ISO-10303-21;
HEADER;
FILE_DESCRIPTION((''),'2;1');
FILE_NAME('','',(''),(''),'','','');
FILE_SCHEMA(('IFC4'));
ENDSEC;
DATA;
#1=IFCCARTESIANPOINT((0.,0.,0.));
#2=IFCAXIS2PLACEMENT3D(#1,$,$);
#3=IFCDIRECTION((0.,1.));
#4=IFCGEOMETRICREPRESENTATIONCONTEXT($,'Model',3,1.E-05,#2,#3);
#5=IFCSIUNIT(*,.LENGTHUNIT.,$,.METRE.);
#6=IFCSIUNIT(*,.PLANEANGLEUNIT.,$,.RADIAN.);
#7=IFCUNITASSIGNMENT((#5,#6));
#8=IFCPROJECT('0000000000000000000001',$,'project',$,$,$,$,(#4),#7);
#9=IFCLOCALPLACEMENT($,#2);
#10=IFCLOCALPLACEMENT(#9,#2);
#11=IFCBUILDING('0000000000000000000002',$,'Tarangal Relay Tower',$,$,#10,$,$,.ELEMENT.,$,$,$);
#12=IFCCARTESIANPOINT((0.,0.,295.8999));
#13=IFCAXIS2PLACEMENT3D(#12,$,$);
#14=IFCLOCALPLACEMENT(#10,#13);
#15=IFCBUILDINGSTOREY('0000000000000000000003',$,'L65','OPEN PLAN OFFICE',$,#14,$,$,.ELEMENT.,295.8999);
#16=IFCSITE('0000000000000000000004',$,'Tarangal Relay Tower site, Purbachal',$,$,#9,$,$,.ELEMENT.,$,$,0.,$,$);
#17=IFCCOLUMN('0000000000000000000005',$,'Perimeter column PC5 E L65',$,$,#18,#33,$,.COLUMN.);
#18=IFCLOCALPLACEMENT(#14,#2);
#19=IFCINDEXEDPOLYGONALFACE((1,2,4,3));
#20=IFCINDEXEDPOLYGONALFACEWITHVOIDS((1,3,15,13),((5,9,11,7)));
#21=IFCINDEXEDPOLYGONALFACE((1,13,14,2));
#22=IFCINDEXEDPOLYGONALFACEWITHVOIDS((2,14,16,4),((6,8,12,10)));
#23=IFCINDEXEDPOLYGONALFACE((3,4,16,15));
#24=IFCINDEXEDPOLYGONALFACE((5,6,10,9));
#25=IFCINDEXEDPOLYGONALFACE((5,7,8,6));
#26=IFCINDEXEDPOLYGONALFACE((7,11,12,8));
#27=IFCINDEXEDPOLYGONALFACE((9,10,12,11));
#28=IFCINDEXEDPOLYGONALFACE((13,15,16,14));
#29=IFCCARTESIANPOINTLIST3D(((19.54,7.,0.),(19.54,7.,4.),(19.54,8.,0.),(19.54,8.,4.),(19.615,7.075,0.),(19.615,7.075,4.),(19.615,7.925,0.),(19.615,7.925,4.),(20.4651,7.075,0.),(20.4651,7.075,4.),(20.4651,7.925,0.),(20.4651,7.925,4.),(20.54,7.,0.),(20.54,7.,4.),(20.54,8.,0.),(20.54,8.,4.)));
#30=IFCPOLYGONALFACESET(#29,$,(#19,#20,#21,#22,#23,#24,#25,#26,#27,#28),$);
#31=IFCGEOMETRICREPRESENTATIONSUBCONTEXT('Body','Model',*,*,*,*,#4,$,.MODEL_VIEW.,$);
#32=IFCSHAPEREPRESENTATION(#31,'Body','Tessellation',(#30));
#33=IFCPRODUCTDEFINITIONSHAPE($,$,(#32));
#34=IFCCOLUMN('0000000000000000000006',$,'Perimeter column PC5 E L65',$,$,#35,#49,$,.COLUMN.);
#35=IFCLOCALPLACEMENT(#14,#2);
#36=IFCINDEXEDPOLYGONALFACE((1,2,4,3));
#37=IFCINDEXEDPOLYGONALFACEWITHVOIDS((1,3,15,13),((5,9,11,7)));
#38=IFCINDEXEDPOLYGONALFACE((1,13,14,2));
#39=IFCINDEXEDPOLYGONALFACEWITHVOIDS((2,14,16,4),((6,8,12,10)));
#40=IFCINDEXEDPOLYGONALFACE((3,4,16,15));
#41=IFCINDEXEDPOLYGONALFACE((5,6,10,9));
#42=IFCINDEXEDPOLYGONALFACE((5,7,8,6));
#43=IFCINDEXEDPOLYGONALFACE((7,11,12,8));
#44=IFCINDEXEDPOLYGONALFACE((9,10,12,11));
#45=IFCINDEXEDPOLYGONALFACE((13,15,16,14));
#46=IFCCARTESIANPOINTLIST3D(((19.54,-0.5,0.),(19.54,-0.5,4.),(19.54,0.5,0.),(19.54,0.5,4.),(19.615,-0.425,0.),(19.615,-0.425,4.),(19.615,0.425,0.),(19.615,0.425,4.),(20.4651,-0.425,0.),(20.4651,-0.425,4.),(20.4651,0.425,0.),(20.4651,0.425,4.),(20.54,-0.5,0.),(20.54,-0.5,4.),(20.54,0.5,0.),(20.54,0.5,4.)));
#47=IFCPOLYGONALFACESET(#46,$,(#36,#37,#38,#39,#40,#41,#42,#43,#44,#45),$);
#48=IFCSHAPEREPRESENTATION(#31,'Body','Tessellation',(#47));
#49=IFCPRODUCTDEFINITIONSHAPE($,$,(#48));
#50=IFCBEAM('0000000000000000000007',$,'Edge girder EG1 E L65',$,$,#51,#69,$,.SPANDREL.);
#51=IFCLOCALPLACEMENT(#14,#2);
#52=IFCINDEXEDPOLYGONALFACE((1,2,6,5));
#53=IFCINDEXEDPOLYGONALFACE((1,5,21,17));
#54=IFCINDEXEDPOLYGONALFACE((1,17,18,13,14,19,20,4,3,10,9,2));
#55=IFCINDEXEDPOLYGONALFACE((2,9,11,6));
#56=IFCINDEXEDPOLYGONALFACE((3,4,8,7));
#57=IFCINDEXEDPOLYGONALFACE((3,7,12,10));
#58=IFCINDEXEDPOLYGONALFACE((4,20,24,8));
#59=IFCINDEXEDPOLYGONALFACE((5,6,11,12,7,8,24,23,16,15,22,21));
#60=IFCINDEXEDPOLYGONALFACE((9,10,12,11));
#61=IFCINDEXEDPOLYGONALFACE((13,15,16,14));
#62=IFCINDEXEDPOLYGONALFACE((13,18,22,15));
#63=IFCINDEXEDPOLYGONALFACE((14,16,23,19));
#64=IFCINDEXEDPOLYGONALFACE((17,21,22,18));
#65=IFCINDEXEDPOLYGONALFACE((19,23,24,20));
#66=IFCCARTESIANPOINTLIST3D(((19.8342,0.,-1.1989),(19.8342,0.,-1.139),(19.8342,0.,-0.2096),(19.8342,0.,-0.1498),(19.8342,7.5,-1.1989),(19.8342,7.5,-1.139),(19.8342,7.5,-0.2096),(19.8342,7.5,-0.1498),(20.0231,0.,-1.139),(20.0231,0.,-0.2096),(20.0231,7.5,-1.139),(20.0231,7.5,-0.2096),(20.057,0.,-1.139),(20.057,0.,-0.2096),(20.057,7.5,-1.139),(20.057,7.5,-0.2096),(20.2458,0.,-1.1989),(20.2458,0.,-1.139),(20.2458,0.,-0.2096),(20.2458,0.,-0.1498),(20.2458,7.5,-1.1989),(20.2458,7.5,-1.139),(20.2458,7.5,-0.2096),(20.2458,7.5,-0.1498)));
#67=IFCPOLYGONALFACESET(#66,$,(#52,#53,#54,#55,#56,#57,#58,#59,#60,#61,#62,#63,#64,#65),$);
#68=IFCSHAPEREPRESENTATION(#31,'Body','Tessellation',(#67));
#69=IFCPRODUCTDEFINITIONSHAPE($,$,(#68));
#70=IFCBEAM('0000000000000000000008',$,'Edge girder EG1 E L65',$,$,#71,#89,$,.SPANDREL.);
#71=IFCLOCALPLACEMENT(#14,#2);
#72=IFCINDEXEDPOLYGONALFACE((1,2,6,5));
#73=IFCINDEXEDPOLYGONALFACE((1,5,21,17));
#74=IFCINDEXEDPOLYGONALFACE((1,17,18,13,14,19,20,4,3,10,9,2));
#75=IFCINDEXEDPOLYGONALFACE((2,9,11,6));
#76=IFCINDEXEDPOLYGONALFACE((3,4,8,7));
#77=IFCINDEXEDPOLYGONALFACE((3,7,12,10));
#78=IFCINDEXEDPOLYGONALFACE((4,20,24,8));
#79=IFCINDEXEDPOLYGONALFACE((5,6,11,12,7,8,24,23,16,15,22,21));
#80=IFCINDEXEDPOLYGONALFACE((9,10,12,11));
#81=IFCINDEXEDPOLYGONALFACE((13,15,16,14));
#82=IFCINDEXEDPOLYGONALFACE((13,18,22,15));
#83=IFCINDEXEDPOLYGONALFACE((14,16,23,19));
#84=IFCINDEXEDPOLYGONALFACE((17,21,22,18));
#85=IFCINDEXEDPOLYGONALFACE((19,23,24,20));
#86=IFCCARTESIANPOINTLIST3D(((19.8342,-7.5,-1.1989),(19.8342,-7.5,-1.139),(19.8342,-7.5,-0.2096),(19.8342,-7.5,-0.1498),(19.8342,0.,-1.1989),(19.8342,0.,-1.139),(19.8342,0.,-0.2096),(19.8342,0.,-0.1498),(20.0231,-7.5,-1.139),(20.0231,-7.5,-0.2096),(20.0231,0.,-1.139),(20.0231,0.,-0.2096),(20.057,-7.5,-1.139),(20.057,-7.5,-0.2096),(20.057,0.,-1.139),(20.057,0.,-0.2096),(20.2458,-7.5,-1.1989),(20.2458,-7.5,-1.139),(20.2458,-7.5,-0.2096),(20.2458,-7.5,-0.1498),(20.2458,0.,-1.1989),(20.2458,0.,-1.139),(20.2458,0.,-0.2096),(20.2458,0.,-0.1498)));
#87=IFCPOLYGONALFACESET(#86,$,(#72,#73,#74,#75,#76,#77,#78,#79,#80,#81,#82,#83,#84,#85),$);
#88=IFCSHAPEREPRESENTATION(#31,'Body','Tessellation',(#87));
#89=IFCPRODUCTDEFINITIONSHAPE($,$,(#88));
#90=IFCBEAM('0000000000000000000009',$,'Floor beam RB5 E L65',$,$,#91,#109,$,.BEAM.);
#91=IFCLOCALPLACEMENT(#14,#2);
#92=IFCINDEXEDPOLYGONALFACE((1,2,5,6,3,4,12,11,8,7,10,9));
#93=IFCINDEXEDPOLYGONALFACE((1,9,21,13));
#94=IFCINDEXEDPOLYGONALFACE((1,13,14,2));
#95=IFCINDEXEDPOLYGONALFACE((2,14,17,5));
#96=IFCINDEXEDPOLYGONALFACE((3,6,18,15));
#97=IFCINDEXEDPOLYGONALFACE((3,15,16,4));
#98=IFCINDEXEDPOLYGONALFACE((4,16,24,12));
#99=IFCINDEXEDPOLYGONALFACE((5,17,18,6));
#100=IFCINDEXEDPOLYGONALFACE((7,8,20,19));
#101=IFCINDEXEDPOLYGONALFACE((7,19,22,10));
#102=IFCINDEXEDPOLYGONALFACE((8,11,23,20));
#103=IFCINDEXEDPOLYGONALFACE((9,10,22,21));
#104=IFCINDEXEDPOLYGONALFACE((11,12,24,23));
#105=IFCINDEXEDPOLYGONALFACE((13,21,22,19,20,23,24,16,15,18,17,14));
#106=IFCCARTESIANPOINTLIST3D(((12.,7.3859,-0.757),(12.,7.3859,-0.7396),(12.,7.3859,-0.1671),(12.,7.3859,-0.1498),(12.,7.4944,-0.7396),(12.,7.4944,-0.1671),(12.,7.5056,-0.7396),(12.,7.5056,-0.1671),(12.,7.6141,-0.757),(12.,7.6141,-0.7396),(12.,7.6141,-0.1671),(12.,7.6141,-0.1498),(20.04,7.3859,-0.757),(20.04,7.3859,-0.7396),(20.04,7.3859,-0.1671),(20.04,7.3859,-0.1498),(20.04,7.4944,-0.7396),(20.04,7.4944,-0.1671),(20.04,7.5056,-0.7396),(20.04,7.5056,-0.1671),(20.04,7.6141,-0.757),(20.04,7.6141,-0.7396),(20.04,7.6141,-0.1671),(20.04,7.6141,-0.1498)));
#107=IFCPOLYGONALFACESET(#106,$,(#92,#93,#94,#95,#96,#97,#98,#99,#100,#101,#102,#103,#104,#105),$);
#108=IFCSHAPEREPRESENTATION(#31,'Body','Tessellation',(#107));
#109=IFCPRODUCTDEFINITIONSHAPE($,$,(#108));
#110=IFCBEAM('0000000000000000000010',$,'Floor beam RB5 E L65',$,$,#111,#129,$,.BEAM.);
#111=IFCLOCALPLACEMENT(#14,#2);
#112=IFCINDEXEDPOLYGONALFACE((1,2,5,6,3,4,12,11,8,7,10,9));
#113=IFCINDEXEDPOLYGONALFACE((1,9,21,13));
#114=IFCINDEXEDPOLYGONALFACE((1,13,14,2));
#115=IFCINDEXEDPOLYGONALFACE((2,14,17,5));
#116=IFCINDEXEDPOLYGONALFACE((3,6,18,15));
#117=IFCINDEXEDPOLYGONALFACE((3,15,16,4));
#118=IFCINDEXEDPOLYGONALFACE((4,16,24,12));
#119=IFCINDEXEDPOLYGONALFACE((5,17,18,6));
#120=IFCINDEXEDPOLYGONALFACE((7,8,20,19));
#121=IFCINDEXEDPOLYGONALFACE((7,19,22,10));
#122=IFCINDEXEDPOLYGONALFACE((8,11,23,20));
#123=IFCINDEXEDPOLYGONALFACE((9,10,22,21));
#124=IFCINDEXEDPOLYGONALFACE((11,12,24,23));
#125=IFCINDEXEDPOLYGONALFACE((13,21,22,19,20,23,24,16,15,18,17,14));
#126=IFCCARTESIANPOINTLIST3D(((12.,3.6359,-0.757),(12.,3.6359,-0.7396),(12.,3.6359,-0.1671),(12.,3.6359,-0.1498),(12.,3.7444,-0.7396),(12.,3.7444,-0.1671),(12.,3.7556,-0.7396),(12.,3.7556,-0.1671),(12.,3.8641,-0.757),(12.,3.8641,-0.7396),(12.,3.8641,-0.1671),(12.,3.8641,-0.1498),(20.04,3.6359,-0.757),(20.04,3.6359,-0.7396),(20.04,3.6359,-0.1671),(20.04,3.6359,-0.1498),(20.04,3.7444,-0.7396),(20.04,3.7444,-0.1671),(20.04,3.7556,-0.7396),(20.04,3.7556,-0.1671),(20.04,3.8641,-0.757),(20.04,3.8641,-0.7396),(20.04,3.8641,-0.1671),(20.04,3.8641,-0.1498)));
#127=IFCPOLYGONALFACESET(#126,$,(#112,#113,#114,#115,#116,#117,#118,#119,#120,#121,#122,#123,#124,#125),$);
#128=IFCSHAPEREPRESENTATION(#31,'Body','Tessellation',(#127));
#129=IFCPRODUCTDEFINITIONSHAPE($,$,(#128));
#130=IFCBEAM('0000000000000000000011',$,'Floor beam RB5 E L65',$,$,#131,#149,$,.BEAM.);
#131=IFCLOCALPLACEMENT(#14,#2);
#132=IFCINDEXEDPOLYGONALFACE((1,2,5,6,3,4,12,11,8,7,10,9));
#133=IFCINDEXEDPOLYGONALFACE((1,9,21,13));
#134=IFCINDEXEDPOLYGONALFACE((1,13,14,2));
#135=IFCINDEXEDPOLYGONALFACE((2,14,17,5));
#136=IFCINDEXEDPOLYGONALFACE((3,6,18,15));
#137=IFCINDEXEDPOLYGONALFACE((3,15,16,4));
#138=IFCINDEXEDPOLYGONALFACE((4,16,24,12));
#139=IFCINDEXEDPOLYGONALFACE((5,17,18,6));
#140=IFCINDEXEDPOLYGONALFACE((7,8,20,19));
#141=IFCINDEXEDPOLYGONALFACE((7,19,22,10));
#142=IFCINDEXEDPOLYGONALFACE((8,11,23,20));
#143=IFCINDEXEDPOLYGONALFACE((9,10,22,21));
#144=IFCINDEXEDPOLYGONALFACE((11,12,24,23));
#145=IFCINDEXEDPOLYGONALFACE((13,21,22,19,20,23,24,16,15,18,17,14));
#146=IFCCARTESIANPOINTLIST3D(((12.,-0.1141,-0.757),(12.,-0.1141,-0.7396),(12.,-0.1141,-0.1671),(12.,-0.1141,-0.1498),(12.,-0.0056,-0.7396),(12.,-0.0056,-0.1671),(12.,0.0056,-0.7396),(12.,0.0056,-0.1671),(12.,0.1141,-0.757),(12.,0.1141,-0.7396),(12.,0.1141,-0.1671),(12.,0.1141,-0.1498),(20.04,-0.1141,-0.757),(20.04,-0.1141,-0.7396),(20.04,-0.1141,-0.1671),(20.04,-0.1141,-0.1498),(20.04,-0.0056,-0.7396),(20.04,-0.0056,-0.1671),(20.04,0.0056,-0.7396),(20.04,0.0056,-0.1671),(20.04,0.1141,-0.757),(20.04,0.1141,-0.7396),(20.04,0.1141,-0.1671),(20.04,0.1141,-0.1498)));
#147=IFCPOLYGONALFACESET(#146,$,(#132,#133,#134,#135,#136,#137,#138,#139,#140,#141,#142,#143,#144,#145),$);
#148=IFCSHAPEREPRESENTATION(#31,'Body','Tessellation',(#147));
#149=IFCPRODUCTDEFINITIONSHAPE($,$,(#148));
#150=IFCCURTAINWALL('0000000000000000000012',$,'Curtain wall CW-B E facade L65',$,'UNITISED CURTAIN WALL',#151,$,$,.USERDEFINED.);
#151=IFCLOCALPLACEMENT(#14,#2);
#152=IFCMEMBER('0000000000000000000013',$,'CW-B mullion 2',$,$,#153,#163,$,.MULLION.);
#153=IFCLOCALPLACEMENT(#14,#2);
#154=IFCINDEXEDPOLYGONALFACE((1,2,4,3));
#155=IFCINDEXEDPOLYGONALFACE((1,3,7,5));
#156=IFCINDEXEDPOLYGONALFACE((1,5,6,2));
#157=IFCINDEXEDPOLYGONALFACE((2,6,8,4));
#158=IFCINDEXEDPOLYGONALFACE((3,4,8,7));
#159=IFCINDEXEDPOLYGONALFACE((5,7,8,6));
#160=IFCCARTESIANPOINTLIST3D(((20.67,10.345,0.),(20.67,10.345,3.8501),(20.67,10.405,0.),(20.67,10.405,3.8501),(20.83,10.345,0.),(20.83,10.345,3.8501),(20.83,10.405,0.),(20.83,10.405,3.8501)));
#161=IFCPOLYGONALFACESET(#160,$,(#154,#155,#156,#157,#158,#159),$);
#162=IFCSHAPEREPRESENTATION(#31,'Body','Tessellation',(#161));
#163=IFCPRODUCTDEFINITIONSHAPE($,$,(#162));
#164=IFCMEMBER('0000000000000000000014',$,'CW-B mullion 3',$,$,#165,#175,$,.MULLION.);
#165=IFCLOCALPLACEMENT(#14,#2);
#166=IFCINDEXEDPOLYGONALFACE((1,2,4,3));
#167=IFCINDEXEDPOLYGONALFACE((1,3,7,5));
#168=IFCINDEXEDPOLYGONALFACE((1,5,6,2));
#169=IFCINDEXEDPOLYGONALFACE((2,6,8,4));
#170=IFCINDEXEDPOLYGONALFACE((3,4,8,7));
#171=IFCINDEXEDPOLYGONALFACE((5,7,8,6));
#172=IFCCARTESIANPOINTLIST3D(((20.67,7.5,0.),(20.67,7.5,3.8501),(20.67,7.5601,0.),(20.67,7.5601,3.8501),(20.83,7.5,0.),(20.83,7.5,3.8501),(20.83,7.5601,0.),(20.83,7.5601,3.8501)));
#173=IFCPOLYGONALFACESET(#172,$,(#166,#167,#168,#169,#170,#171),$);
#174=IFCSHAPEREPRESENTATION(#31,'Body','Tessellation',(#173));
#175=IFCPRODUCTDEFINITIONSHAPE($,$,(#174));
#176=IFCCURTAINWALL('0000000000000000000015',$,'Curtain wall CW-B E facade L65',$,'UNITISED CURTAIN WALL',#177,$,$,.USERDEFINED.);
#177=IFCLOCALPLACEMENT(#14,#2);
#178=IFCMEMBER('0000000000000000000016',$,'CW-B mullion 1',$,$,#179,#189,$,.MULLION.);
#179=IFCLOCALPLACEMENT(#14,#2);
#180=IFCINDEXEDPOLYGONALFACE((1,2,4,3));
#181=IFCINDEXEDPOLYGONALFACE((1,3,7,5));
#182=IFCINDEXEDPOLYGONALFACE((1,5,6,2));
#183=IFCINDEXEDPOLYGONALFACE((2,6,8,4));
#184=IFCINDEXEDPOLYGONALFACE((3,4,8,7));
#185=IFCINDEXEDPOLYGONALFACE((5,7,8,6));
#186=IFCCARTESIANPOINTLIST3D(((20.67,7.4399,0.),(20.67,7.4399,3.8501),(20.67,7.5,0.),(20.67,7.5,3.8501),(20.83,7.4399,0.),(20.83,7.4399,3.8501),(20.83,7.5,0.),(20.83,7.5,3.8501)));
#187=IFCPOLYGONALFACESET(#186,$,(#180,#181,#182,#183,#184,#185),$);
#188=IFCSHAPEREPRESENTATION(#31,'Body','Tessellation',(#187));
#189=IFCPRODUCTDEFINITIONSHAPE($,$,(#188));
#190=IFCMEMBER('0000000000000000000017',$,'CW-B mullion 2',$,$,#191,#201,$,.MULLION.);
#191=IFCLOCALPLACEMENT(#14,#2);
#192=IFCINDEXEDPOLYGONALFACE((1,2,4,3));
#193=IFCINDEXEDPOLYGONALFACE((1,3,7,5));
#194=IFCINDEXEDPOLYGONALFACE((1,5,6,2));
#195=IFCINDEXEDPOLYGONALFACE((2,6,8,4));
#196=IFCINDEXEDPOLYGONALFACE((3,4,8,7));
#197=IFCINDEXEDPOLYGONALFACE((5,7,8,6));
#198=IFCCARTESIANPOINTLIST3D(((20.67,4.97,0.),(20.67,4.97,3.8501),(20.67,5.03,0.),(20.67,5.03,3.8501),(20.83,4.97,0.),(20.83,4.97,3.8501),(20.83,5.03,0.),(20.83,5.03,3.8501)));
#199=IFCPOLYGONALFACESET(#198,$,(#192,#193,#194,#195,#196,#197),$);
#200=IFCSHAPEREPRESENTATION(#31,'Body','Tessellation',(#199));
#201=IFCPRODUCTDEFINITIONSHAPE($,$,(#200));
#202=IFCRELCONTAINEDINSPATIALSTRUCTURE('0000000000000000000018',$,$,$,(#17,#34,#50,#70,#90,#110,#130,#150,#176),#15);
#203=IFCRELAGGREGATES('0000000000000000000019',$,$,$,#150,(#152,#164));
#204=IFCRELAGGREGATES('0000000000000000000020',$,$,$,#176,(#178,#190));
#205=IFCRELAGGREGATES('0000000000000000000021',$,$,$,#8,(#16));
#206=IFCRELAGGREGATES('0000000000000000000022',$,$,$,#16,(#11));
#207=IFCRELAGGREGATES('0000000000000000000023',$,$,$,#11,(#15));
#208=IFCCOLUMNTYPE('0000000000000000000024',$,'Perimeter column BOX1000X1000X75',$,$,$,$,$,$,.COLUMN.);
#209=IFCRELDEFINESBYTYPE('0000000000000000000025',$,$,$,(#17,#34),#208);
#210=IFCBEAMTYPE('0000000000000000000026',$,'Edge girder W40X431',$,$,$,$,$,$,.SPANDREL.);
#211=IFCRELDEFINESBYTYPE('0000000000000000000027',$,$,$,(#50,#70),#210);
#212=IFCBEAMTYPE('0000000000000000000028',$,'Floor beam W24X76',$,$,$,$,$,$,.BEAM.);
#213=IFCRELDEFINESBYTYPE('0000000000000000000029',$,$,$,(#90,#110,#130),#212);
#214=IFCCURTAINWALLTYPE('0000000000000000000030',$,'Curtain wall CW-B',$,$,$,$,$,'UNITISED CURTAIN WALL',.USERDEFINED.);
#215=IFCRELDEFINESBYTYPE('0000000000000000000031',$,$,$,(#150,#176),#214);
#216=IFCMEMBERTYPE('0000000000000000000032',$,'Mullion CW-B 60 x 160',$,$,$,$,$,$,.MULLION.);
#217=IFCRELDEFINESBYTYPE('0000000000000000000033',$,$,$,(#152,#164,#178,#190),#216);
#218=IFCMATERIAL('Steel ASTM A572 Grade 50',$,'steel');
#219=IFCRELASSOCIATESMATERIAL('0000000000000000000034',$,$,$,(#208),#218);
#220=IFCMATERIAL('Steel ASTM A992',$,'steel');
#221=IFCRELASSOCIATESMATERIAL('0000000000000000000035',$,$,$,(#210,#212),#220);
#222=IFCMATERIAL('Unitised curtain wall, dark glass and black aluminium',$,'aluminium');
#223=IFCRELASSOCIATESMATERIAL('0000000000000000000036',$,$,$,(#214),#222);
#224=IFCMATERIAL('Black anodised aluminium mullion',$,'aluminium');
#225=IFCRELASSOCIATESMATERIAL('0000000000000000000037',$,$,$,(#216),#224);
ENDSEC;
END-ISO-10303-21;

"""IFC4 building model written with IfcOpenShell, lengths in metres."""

from ifc_helpers import new_model, si_unit, direction, frame, origin, origin_2d, place, context, subcontext, project, spatial, rectangle, hollow_rectangle, i_section, extrude, material, material_profile, profile_set, type_object, element, aggregate, save


model = new_model("IFC4")

# Units and contexts
model_context = context("Model", 3, precision=1e-05, world=origin(), true_north=direction((0.0, 1.0)))
body_context = subcontext(model_context, "Body", "Model", "MODEL_VIEW")
ifc_project = project(units=[si_unit("LENGTHUNIT", "METRE"), si_unit("PLANEANGLEUNIT", "RADIAN")], contexts=[model_context])

# Site, building, storey
site_placement = place(None, origin())
site = spatial("IfcSite", under=ifc_project, at=site_placement, Name="Tarangal Relay Tower site, Purbachal", CompositionType="ELEMENT", RefElevation=0.0)
building_placement = place(site_placement, origin())
building = spatial("IfcBuilding", under=site, at=building_placement, Name="Tarangal Relay Tower", CompositionType="ELEMENT")
storey_placement = place(building_placement, frame((0.0, 0.0, 295.8999)))
storey = spatial("IfcBuildingStorey", under=building, at=storey_placement, Name="L65", Description="OPEN PLAN OFFICE", CompositionType="ELEMENT", Elevation=295.8999)

# Columns
ifc_material_1 = material(Name="Steel ASTM A572 Grade 50", Category="steel")
ifc_material_profile_1 = material_profile(ifc_material_1, hollow_rectangle(XDim=1.0, YDim=1.0, WallThickness=0.075, at=origin_2d()), Name="BOX1000X1000X75")
ifc_profile_set_1 = profile_set([ifc_material_profile_1], Name="Steel ASTM A572 Grade 50")
column_type = type_object("IfcColumnType", Name="Perimeter column BOX1000X1000X75", PredefinedType="COLUMN", material=ifc_profile_set_1)
for number, where, z_axis, x_axis, name in (
    (1, (20.04, 7.5, 0.0), (0.0, 0.0, 1.0), (1.0, 0.0, 0.0), "Perimeter column PC5 E L65"),
    (2, (20.04, 0.0, 0.0), (0.0, 0.0, 1.0), (1.0, 0.0, 0.0), "Perimeter column PC5 E L65"),
):
    element("IfcColumn", number, at=place(storey_placement, frame(where, z_axis=z_axis, x_axis=x_axis)), inside=storey, type_object=column_type, Name=name, PredefinedType="COLUMN", context=body_context, shape_type="SweptSolid", body=[
        extrude(hollow_rectangle(XDim=1.0, YDim=1.0, WallThickness=0.075, at=origin_2d()), origin(), (0.0, 0.0, 1.0), 4.0),
    ])

# Beams
ifc_material_2 = material(Name="Steel ASTM A992", Category="steel")
ifc_material_profile_2 = material_profile(ifc_material_2, i_section(OverallWidth=0.4116, OverallDepth=1.0491, WebThickness=0.0339, FlangeThickness=0.0598, at=origin_2d()), Name="W40X431")
ifc_profile_set_2 = profile_set([ifc_material_profile_2], Name="Steel ASTM A992")
beam_type_1 = type_object("IfcBeamType", Name="Edge girder W40X431", PredefinedType="SPANDREL", material=ifc_profile_set_2)
for number, where, z_axis, x_axis, name in (
    (3, (20.04, 7.5, -0.6743), (0.0, -1.0, 0.0), (1.0, 0.0, 0.0), "Edge girder EG1 E L65"),
    (4, (20.04, 0.0, -0.6743), (0.0, -1.0, 0.0), (1.0, 0.0, 0.0), "Edge girder EG1 E L65"),
):
    element("IfcBeam", number, at=place(storey_placement, frame(where, z_axis=z_axis, x_axis=x_axis)), inside=storey, type_object=beam_type_1, Name=name, PredefinedType="SPANDREL", context=body_context, shape_type="SweptSolid", body=[
        extrude(i_section(OverallWidth=0.4116, OverallDepth=1.0491, WebThickness=0.0339, FlangeThickness=0.0598, at=origin_2d()), origin(), (0.0, 0.0, 1.0), 7.5),
    ])
ifc_material_profile_3 = material_profile(ifc_material_2, i_section(OverallWidth=0.2283, OverallDepth=0.6072, WebThickness=0.0112, FlangeThickness=0.0173, at=origin_2d()), Name="W24X76")
ifc_profile_set_3 = profile_set([ifc_material_profile_3], Name="Steel ASTM A992")
beam_type_2 = type_object("IfcBeamType", Name="Floor beam W24X76", PredefinedType="BEAM", material=ifc_profile_set_3)
for number, where, z_axis, x_axis, name in (
    (5, (12.0, 7.5, -0.4534), (1.0, 0.0, 0.0), (0.0, 1.0, 0.0), "Floor beam RB5 E L65"),
    (6, (12.0, 3.75, -0.4534), (1.0, 0.0, 0.0), (0.0, 1.0, 0.0), "Floor beam RB5 E L65"),
    (7, (12.0, 0.0, -0.4534), (1.0, 0.0, 0.0), (0.0, 1.0, 0.0), "Floor beam RB5 E L65"),
):
    element("IfcBeam", number, at=place(storey_placement, frame(where, z_axis=z_axis, x_axis=x_axis)), inside=storey, type_object=beam_type_2, Name=name, PredefinedType="BEAM", context=body_context, shape_type="SweptSolid", body=[
        extrude(i_section(OverallWidth=0.2283, OverallDepth=0.6072, WebThickness=0.0112, FlangeThickness=0.0173, at=origin_2d()), origin(), (0.0, 0.0, 1.0), 8.04),
    ])

# Curtain walls, members
ifc_material_3 = material(Name="Unitised curtain wall, dark glass and black aluminium", Category="aluminium")
curtain_wall_type = type_object("IfcCurtainWallType", Name="Curtain wall CW-B", ElementType="UNITISED CURTAIN WALL", PredefinedType="USERDEFINED", material=ifc_material_3)
curtain_wall_1_placement = place(storey_placement, origin())
curtain_wall_1 = element("IfcCurtainWall", 8, at=curtain_wall_1_placement, inside=storey, type_object=curtain_wall_type, Name="Curtain wall CW-B E facade L65", ObjectType="UNITISED CURTAIN WALL", PredefinedType="USERDEFINED")
ifc_material_4 = material(Name="Black anodised aluminium mullion", Category="aluminium")
ifc_material_profile_4 = material_profile(ifc_material_4, rectangle(XDim=0.1599, YDim=0.0601, at=origin_2d()), Name="CW-BM 60X160")
ifc_profile_set_4 = profile_set([ifc_material_profile_4], Name="Black anodised aluminium mullion")
member_type_1 = type_object("IfcMemberType", Name="Mullion CW-B 60 x 160", PredefinedType="MULLION", material=ifc_profile_set_4)
member_1_placement = place(storey_placement, frame((20.75, 10.375, 0.0), z_axis=(0.0, 0.0, 1.0), x_axis=(1.0, 0.0, 0.0)))
member_1 = element("IfcMember", 9, at=member_1_placement, type_object=member_type_1, Name="CW-B mullion 2", PredefinedType="MULLION", context=body_context, shape_type="SweptSolid", body=[
    extrude(rectangle(XDim=0.1599, YDim=0.0601, at=origin_2d()), origin(), (0.0, 0.0, 1.0), 3.8501),
])
member_2_placement = place(storey_placement, frame((20.75, 7.53, 0.0), z_axis=(0.0, 0.0, 1.0), x_axis=(1.0, 0.0, 0.0)))
member_2 = element("IfcMember", 10, at=member_2_placement, type_object=member_type_1, Name="CW-B mullion 3", PredefinedType="MULLION", context=body_context, shape_type="SweptSolid", body=[
    extrude(rectangle(XDim=0.1599, YDim=0.0601, at=origin_2d()), origin(), (0.0, 0.0, 1.0), 3.8501),
])
curtain_wall_2_placement = place(storey_placement, origin())
curtain_wall_2 = element("IfcCurtainWall", 11, at=curtain_wall_2_placement, inside=storey, type_object=curtain_wall_type, Name="Curtain wall CW-B E facade L65", ObjectType="UNITISED CURTAIN WALL", PredefinedType="USERDEFINED")
member_3_placement = place(storey_placement, frame((20.75, 7.47, 0.0), z_axis=(0.0, 0.0, 1.0), x_axis=(1.0, 0.0, 0.0)))
member_3 = element("IfcMember", 12, at=member_3_placement, type_object=member_type_1, Name="CW-B mullion 1", PredefinedType="MULLION", context=body_context, shape_type="SweptSolid", body=[
    extrude(rectangle(XDim=0.1599, YDim=0.0601, at=origin_2d()), origin(), (0.0, 0.0, 1.0), 3.8501),
])
member_4_placement = place(storey_placement, frame((20.75, 5.0, 0.0), z_axis=(0.0, 0.0, 1.0), x_axis=(1.0, 0.0, 0.0)))
member_4 = element("IfcMember", 13, at=member_4_placement, type_object=member_type_1, Name="CW-B mullion 2", PredefinedType="MULLION", context=body_context, shape_type="SweptSolid", body=[
    extrude(rectangle(XDim=0.1599, YDim=0.0601, at=origin_2d()), origin(), (0.0, 0.0, 1.0), 3.8501),
])

aggregate(curtain_wall_1, [member_1, member_2])
aggregate(curtain_wall_2, [member_3, member_4])

save(model, "model.ifc")
